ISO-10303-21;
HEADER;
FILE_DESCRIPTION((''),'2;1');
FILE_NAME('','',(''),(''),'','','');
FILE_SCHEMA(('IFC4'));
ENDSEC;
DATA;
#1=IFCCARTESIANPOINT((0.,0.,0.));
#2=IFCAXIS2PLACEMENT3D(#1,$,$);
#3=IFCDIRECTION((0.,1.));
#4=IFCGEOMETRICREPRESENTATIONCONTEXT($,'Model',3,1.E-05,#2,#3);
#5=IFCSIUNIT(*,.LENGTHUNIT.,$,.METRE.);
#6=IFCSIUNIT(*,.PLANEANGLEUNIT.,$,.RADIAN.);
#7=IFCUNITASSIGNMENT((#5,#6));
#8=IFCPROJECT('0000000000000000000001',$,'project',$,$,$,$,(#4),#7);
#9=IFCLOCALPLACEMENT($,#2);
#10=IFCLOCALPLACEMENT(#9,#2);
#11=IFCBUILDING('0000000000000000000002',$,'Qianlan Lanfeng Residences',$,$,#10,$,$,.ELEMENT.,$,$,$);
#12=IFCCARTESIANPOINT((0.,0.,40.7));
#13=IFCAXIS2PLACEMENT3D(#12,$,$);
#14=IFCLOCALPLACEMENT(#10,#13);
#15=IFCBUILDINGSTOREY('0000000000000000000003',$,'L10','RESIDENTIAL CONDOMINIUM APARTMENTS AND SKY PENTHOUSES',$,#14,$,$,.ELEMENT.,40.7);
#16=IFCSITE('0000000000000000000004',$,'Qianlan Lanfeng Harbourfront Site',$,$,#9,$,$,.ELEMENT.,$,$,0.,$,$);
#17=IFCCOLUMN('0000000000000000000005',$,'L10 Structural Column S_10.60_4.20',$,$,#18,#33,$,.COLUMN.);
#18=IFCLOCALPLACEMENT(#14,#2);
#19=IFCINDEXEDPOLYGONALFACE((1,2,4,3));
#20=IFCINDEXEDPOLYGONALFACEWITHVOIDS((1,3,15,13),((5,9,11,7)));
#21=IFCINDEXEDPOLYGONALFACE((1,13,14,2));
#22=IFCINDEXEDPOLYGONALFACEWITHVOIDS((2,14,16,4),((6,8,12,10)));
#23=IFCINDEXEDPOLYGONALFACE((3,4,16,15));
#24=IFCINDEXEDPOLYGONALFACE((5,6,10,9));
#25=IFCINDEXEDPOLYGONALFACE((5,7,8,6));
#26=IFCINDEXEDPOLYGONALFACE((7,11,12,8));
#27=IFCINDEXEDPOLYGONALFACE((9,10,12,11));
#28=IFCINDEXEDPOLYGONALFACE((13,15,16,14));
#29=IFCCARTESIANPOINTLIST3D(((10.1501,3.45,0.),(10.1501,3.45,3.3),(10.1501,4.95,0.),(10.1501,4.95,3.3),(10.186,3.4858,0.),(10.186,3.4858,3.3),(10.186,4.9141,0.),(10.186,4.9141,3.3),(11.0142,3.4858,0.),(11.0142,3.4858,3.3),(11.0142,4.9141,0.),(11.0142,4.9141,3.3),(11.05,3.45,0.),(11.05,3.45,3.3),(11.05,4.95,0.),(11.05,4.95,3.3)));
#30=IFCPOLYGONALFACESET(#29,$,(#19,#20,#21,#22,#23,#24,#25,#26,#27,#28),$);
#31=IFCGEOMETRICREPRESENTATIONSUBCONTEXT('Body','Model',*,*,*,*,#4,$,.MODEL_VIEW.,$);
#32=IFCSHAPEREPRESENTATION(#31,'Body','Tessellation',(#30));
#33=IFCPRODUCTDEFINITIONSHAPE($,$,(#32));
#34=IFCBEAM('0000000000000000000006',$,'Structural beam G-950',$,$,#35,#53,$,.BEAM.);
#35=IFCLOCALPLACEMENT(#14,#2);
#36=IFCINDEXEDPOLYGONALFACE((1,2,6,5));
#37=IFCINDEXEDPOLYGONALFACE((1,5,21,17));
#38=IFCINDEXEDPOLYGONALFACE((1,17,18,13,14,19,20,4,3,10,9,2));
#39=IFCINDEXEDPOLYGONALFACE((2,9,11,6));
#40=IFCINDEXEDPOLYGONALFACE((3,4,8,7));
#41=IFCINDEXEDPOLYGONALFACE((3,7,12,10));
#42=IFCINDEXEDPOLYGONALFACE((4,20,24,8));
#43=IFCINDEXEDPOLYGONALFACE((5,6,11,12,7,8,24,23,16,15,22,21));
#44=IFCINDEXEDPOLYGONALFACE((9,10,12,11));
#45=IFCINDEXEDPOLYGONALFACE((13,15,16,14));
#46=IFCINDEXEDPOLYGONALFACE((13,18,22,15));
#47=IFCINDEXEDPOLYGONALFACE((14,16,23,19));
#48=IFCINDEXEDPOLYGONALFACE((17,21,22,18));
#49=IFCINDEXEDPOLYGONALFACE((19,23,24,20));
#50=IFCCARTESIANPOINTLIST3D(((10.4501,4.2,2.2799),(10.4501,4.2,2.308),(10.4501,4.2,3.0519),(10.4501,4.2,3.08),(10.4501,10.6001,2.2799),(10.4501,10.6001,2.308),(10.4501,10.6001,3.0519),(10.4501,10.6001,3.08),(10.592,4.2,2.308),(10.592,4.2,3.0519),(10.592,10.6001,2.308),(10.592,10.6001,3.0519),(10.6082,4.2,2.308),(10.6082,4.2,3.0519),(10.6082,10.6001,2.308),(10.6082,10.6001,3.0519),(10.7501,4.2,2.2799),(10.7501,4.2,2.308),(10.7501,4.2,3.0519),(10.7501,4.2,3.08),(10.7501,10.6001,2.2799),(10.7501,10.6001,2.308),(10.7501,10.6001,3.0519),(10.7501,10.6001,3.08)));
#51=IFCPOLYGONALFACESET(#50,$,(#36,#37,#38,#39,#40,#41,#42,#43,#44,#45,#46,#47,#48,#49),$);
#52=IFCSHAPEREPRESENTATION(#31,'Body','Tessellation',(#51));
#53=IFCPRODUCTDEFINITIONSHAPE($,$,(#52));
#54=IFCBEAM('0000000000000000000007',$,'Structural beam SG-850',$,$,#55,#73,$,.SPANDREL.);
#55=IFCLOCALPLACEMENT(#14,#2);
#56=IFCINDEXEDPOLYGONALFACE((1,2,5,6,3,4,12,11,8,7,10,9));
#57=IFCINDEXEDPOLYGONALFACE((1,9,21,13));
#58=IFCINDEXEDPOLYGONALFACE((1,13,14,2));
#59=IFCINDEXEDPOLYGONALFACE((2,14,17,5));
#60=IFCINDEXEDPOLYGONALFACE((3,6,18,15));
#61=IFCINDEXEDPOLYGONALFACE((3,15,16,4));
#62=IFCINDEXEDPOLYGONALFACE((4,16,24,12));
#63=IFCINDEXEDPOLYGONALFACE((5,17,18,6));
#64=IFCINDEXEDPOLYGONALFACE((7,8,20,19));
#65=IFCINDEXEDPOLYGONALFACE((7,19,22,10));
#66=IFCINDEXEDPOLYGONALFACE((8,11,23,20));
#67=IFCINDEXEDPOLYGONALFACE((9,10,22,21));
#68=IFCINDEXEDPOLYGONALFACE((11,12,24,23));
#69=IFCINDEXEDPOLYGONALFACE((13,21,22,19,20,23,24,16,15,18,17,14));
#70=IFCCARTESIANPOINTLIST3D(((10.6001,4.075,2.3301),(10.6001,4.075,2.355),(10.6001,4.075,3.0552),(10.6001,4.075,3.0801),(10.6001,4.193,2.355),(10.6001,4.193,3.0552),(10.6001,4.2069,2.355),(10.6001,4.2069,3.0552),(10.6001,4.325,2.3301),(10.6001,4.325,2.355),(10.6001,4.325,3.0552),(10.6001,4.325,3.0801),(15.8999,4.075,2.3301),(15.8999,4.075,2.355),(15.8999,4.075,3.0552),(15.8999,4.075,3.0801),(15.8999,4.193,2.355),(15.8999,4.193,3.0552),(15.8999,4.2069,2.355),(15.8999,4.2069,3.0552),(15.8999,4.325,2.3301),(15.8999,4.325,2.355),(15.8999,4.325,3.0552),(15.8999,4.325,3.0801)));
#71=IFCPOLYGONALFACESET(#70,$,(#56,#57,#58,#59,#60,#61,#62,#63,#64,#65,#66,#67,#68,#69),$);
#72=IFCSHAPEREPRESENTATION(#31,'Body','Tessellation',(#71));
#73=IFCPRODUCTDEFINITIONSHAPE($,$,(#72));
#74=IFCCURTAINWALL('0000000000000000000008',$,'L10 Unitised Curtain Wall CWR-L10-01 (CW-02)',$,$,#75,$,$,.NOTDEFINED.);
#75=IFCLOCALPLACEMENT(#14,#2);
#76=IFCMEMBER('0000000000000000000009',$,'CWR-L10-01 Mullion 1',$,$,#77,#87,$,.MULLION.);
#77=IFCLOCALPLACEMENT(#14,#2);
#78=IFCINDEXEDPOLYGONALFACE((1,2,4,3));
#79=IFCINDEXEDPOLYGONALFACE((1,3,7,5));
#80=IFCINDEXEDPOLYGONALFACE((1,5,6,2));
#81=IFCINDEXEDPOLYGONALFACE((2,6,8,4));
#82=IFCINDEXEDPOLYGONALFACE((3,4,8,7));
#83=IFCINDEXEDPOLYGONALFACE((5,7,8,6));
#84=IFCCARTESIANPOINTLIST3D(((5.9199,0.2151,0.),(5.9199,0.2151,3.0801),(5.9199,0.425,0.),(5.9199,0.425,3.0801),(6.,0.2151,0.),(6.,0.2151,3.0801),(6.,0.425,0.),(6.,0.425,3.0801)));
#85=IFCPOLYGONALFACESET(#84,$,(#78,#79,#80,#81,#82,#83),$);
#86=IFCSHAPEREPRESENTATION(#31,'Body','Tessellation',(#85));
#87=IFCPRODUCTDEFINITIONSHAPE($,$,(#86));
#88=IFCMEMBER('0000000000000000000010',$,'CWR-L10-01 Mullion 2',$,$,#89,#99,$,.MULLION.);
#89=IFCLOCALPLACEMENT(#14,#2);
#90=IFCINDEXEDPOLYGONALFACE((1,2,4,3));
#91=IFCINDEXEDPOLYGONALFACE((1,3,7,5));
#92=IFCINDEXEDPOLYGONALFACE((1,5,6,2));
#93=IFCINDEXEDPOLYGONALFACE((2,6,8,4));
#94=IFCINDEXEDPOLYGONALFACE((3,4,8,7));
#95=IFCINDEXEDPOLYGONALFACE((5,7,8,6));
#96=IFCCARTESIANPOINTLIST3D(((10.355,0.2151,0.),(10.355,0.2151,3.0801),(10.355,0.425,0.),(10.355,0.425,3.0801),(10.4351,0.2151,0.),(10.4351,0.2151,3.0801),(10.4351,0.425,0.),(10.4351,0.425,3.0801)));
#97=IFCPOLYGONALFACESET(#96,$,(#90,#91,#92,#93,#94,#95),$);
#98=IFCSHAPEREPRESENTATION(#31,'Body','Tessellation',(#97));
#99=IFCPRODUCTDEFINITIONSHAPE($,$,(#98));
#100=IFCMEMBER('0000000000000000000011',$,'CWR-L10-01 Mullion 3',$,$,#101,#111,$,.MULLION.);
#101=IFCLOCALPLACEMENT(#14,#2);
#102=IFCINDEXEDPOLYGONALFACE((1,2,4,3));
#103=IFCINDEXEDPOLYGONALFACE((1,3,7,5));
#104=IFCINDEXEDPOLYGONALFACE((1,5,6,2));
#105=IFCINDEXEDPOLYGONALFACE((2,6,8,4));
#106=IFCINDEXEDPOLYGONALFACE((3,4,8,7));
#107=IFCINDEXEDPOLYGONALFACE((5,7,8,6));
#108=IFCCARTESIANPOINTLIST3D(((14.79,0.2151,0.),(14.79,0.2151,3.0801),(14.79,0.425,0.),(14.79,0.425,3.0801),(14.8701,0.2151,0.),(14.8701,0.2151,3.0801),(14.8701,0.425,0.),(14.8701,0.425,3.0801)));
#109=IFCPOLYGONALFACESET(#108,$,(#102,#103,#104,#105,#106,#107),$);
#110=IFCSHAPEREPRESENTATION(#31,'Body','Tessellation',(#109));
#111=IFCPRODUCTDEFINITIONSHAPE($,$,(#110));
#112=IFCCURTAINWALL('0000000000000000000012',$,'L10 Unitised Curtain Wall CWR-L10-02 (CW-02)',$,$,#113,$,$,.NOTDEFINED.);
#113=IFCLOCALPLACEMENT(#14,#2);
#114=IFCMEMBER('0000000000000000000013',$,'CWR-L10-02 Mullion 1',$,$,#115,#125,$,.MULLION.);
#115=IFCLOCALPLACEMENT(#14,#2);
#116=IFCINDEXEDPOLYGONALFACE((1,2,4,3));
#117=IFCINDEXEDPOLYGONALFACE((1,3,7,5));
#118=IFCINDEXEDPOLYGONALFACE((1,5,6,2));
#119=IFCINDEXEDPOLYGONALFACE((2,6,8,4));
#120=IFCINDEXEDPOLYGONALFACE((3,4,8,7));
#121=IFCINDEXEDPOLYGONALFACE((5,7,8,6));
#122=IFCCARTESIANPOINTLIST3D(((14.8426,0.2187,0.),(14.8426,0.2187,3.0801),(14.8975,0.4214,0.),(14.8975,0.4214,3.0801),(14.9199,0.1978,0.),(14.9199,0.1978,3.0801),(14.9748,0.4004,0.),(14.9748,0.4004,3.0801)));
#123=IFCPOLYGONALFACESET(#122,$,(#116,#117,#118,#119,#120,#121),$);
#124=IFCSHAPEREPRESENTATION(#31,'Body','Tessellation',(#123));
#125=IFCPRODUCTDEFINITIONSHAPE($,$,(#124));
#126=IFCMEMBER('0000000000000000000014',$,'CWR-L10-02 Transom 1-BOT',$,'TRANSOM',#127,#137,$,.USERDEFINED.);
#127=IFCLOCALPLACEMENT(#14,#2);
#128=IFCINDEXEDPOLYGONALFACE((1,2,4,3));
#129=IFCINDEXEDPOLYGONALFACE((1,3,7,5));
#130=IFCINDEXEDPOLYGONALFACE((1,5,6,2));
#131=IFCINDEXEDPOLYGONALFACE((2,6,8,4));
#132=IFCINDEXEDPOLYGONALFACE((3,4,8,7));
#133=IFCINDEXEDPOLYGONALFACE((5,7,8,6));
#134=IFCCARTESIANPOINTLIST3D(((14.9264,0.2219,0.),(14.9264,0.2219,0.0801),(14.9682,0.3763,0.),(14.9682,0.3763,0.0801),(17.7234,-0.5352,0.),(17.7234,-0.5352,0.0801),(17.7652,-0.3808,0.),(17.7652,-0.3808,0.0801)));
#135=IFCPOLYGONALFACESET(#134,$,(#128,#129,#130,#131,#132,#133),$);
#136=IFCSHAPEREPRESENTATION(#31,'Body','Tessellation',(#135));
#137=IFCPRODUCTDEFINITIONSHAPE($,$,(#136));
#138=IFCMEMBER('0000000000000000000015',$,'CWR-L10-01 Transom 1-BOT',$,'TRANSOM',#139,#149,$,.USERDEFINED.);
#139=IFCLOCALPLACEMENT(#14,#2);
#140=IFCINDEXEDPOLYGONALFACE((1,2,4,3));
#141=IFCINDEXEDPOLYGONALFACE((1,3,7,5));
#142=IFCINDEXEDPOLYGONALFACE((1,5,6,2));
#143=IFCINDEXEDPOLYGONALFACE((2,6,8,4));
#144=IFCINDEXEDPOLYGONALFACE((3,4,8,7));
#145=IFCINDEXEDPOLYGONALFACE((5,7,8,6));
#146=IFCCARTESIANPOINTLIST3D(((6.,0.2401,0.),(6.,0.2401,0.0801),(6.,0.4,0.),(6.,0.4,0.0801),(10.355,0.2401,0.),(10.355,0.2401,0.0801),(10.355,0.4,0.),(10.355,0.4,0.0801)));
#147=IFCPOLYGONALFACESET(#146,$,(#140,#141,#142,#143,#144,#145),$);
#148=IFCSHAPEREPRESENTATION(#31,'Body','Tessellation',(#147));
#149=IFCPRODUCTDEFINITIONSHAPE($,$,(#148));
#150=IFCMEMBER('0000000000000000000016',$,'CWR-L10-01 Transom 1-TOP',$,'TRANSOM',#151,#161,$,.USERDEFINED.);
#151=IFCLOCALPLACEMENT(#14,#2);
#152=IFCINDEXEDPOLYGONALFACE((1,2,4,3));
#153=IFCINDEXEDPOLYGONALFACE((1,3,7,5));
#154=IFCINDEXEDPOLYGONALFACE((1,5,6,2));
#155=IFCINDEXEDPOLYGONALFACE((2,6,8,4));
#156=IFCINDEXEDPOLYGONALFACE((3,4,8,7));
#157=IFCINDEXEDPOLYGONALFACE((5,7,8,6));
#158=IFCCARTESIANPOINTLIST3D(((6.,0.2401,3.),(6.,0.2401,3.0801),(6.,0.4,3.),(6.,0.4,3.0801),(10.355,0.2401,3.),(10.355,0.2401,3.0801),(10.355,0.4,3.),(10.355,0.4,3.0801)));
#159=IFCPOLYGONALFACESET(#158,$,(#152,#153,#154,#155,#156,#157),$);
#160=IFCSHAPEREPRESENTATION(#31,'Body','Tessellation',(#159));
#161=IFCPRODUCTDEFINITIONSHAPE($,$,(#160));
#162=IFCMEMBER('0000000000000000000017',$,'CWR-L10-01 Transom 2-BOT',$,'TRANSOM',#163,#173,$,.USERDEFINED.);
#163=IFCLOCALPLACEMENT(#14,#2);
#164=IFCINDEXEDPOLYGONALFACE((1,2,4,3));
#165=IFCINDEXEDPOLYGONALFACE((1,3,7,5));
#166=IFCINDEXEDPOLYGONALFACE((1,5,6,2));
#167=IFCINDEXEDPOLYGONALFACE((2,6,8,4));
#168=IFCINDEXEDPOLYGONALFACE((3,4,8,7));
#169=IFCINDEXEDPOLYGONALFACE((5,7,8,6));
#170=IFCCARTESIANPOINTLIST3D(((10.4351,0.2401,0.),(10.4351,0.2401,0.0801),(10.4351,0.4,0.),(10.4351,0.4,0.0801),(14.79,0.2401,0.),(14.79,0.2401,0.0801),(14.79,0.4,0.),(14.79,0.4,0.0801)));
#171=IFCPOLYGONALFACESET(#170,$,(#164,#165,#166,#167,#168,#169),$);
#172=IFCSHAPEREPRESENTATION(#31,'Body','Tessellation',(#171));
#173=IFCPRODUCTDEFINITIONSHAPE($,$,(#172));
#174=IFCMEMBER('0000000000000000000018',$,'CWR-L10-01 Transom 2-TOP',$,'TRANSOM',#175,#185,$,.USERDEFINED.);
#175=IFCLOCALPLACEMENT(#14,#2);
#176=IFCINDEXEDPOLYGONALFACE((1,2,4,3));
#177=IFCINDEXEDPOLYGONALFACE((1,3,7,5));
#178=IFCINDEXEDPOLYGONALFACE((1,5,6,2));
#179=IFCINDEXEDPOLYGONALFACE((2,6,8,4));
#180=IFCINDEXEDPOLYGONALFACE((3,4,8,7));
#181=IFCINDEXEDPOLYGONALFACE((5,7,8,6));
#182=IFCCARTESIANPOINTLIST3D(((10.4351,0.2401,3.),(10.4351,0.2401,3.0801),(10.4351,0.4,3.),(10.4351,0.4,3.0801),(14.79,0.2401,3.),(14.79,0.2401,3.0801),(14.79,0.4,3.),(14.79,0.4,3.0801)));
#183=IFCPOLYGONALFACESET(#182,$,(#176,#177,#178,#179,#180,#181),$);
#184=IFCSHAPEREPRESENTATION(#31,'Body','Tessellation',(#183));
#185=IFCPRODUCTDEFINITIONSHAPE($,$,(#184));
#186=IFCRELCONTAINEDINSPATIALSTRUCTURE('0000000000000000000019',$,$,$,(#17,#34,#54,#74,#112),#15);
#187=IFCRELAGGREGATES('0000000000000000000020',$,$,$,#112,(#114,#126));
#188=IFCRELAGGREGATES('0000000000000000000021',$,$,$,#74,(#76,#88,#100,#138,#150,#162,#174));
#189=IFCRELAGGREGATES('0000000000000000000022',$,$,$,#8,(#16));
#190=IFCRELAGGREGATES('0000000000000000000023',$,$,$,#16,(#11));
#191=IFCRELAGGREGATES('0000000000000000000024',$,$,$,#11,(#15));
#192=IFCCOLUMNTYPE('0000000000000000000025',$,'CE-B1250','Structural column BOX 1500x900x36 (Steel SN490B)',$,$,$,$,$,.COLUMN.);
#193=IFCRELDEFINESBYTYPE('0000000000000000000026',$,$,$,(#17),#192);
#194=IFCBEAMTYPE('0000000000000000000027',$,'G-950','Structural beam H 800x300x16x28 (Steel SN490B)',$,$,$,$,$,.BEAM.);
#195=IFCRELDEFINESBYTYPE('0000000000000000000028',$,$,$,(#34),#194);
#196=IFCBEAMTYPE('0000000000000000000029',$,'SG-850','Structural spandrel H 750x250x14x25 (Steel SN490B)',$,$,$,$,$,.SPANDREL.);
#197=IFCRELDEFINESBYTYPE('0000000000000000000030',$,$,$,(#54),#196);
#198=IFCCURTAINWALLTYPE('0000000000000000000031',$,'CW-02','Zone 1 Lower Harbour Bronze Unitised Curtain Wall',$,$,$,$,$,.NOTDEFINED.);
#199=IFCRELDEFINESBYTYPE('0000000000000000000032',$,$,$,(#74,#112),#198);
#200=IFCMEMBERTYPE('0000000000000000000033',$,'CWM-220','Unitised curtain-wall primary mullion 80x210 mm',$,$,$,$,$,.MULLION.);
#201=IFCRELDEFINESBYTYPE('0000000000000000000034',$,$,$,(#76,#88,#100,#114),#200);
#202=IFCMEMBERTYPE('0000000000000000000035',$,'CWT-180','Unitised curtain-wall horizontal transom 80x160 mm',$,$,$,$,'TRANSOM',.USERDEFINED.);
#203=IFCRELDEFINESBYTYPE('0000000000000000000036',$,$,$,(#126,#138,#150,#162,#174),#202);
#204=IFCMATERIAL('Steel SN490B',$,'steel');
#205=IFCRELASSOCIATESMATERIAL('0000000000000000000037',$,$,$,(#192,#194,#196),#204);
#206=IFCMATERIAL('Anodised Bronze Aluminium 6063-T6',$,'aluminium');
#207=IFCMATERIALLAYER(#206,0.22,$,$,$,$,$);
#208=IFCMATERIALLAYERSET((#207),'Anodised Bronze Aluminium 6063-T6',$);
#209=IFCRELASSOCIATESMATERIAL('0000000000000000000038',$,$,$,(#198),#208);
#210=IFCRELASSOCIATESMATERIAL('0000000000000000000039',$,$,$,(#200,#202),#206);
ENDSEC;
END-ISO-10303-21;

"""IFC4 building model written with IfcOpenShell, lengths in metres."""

from ifc_helpers import new_model, si_unit, direction, frame, origin, origin_2d, place, context, subcontext, project, spatial, rectangle, hollow_rectangle, i_section, extrude, source, transform, mapped, material, layer, layer_set, material_profile, profile_set, type_object, element, aggregate, save


model = new_model("IFC4")

# Units and contexts
model_context = context("Model", 3, precision=1e-05, world=origin(), true_north=direction((0.0, 1.0)))
body_context = subcontext(model_context, "Body", "Model", "MODEL_VIEW")
ifc_project = project(units=[si_unit("LENGTHUNIT", "METRE"), si_unit("PLANEANGLEUNIT", "RADIAN")], contexts=[model_context])

# Site, building, storey
site_placement = place(None, origin())
site = spatial("IfcSite", under=ifc_project, at=site_placement, Name="Qianlan Lanfeng Harbourfront Site", CompositionType="ELEMENT", RefElevation=0.0)
building_placement = place(site_placement, origin())
building = spatial("IfcBuilding", under=site, at=building_placement, Name="Qianlan Lanfeng Residences", CompositionType="ELEMENT")
storey_placement = place(building_placement, frame((0.0, 0.0, 40.7)))
storey = spatial("IfcBuildingStorey", under=building, at=storey_placement, Name="L10", Description="RESIDENTIAL CONDOMINIUM APARTMENTS AND SKY PENTHOUSES", CompositionType="ELEMENT", Elevation=40.7)

# Column
ifc_material_1 = material(Name="Steel SN490B", Category="steel")
ifc_material_profile_1 = material_profile(ifc_material_1, hollow_rectangle(XDim=0.8999, YDim=1.5, WallThickness=0.0359, at=origin_2d()), Name="BOX 1500x900x36")
ifc_profile_set_1 = profile_set([ifc_material_profile_1], Name="Steel SN490B")
column_type = type_object("IfcColumnType", Name="CE-B1250", Description="Structural column BOX 1500x900x36 (Steel SN490B)", PredefinedType="COLUMN", material=ifc_profile_set_1)
column_placement = place(storey_placement, frame((10.6001, 4.2, 0.0), z_axis=(0.0, 0.0, 1.0), x_axis=(1.0, 0.0, 0.0)))
element("IfcColumn", 1, at=column_placement, inside=storey, type_object=column_type, Name="L10 Structural Column S_10.60_4.20", PredefinedType="COLUMN", context=body_context, shape_type="SweptSolid", body=[
    extrude(hollow_rectangle(XDim=0.8999, YDim=1.5, WallThickness=0.0359, at=origin_2d()), origin(), (0.0, 0.0, 1.0), 3.3),
])

# Beams
ifc_material_profile_2 = material_profile(ifc_material_1, i_section(OverallWidth=0.3, OverallDepth=0.8, WebThickness=0.0161, FlangeThickness=0.0281, at=origin_2d()), Name="H 800x300x16x28")
ifc_profile_set_2 = profile_set([ifc_material_profile_2], Name="Steel SN490B")
beam_type_1 = type_object("IfcBeamType", Name="G-950", Description="Structural beam H 800x300x16x28 (Steel SN490B)", PredefinedType="BEAM", material=ifc_profile_set_2)
beam_1_placement = place(storey_placement, frame((10.6001, 4.2, 2.6799), z_axis=(0.0, 1.0, 0.0), x_axis=(-1.0, 0.0, 0.0)))
element("IfcBeam", 2, at=beam_1_placement, inside=storey, type_object=beam_type_1, Name="Structural beam G-950", PredefinedType="BEAM", context=body_context, shape_type="SweptSolid", body=[
    extrude(i_section(OverallWidth=0.3, OverallDepth=0.8, WebThickness=0.0161, FlangeThickness=0.0281, at=origin_2d()), origin(), (0.0, 0.0, 1.0), 6.4001),
])
ifc_material_profile_3 = material_profile(ifc_material_1, i_section(OverallWidth=0.25, OverallDepth=0.75, WebThickness=0.0139, FlangeThickness=0.0249, at=origin_2d()), Name="H 750x250x14x25")
ifc_profile_set_3 = profile_set([ifc_material_profile_3], Name="Steel SN490B")
beam_type_2 = type_object("IfcBeamType", Name="SG-850", Description="Structural spandrel H 750x250x14x25 (Steel SN490B)", PredefinedType="SPANDREL", material=ifc_profile_set_3)
beam_2_placement = place(storey_placement, frame((10.6001, 4.2, 2.7051), z_axis=(1.0, 0.0, 0.0), x_axis=(0.0, 1.0, 0.0)))
element("IfcBeam", 3, at=beam_2_placement, inside=storey, type_object=beam_type_2, Name="Structural beam SG-850", PredefinedType="SPANDREL", context=body_context, shape_type="SweptSolid", body=[
    extrude(i_section(OverallWidth=0.25, OverallDepth=0.75, WebThickness=0.0139, FlangeThickness=0.0249, at=origin_2d()), origin(), (0.0, 0.0, 1.0), 5.2998),
])

# Curtain walls, members
ifc_material_2 = material(Name="Anodised Bronze Aluminium 6063-T6", Category="aluminium")
ifc_layer_1 = layer(ifc_material_2, 0.22)
ifc_layer_set_1 = layer_set([ifc_layer_1], Name="Anodised Bronze Aluminium 6063-T6")
curtain_wall_type = type_object("IfcCurtainWallType", Name="CW-02", Description="Zone 1 Lower Harbour Bronze Unitised Curtain Wall", PredefinedType="NOTDEFINED", material=ifc_layer_set_1)
curtain_wall_1_placement = place(storey_placement, origin())
curtain_wall_1 = element("IfcCurtainWall", 4, at=curtain_wall_1_placement, inside=storey, type_object=curtain_wall_type, Name="L10 Unitised Curtain Wall CWR-L10-01 (CW-02)", PredefinedType="NOTDEFINED")
ifc_material_profile_4 = material_profile(ifc_material_2, rectangle(XDim=0.0801, YDim=0.21, at=origin_2d()), Name="ALU MULLION 80x210")
ifc_profile_set_4 = profile_set([ifc_material_profile_4], Name="Anodised Bronze Aluminium 6063-T6")
member_type_1 = type_object("IfcMemberType", Name="CWM-220", Description="Unitised curtain-wall primary mullion 80x210 mm", PredefinedType="MULLION", material=ifc_profile_set_4)
shared_shape_1 = source(origin(), body_context, "Body", "SweptSolid", [
    extrude(rectangle(XDim=0.0801, YDim=0.21, at=origin_2d()), origin(), (0.0, 0.0, 1.0), 3.0801),
])
member_1_placement = place(storey_placement, frame((5.96, 0.3201, 0.0), z_axis=(0.0, 0.0, 1.0), x_axis=(1.0, 0.0, 0.0)))
member_1 = element("IfcMember", 5, at=member_1_placement, type_object=member_type_1, Name="CWR-L10-01 Mullion 1", PredefinedType="MULLION", context=body_context, shape_type="MappedRepresentation", body=[
    mapped(shared_shape_1, transform((0.0, 0.0, 0.0), scale=1.0)),
])
member_2_placement = place(storey_placement, frame((10.395, 0.3201, 0.0), z_axis=(0.0, 0.0, 1.0), x_axis=(1.0, 0.0, 0.0)))
member_2 = element("IfcMember", 6, at=member_2_placement, type_object=member_type_1, Name="CWR-L10-01 Mullion 2", PredefinedType="MULLION", context=body_context, shape_type="MappedRepresentation", body=[
    mapped(shared_shape_1, transform((0.0, 0.0, 0.0), scale=1.0)),
])
member_3_placement = place(storey_placement, frame((14.8301, 0.3201, 0.0), z_axis=(0.0, 0.0, 1.0), x_axis=(1.0, 0.0, 0.0)))
member_3 = element("IfcMember", 7, at=member_3_placement, type_object=member_type_1, Name="CWR-L10-01 Mullion 3", PredefinedType="MULLION", context=body_context, shape_type="MappedRepresentation", body=[
    mapped(shared_shape_1, transform((0.0, 0.0, 0.0), scale=1.0)),
])
curtain_wall_2_placement = place(storey_placement, origin())
curtain_wall_2 = element("IfcCurtainWall", 8, at=curtain_wall_2_placement, inside=storey, type_object=curtain_wall_type, Name="L10 Unitised Curtain Wall CWR-L10-02 (CW-02)", PredefinedType="NOTDEFINED")
member_4_placement = place(storey_placement, frame((14.9087, 0.3096, 0.0), z_axis=(0.0, 0.0, 1.0), x_axis=(0.965263, -0.261281, 0.0)))
member_4 = element("IfcMember", 9, at=member_4_placement, type_object=member_type_1, Name="CWR-L10-02 Mullion 1", PredefinedType="MULLION", context=body_context, shape_type="MappedRepresentation", body=[
    mapped(shared_shape_1, transform((0.0, 0.0, 0.0), scale=1.0)),
])
ifc_material_profile_5 = material_profile(ifc_material_2, rectangle(XDim=0.0801, YDim=0.1599, at=origin_2d()), Name="ALU TRANSOM 80x160")
ifc_profile_set_5 = profile_set([ifc_material_profile_5], Name="Anodised Bronze Aluminium 6063-T6")
member_type_2 = type_object("IfcMemberType", Name="CWT-180", Description="Unitised curtain-wall horizontal transom 80x160 mm", ElementType="TRANSOM", PredefinedType="USERDEFINED", material=ifc_profile_set_5)
shared_shape_2 = source(origin(), body_context, "Body", "SweptSolid", [
    extrude(rectangle(XDim=0.0801, YDim=0.1599, at=origin_2d()), origin(), (0.0, 0.0, 1.0), 2.8977),
])
member_5_placement = place(storey_placement, frame((14.9473, 0.2991, 0.04), z_axis=(0.965268, -0.261263, 0.0), x_axis=(0.0, 0.0, 1.0)))
member_5 = element("IfcMember", 10, at=member_5_placement, type_object=member_type_2, Name="CWR-L10-02 Transom 1-BOT", ObjectType="TRANSOM", PredefinedType="USERDEFINED", context=body_context, shape_type="MappedRepresentation", body=[
    mapped(shared_shape_2, transform((0.0, 0.0, 0.0), scale=1.0)),
])
aggregate(curtain_wall_2, [member_4, member_5])

# Members
shared_shape_3 = source(origin(), body_context, "Body", "SweptSolid", [
    extrude(rectangle(XDim=0.0801, YDim=0.1599, at=origin_2d()), origin(), (0.0, 0.0, 1.0), 4.355),
])
member_6_placement = place(storey_placement, frame((6.0, 0.3201, 0.04), z_axis=(1.0, 0.0, 0.0), x_axis=(0.0, 0.0, 1.0)))
member_6 = element("IfcMember", 11, at=member_6_placement, type_object=member_type_2, Name="CWR-L10-01 Transom 1-BOT", ObjectType="TRANSOM", PredefinedType="USERDEFINED", context=body_context, shape_type="MappedRepresentation", body=[
    mapped(shared_shape_3, transform((0.0, 0.0, 0.0), scale=1.0)),
])
member_7_placement = place(storey_placement, frame((6.0, 0.3201, 3.04), z_axis=(1.0, 0.0, 0.0), x_axis=(0.0, 0.0, 1.0)))
member_7 = element("IfcMember", 12, at=member_7_placement, type_object=member_type_2, Name="CWR-L10-01 Transom 1-TOP", ObjectType="TRANSOM", PredefinedType="USERDEFINED", context=body_context, shape_type="MappedRepresentation", body=[
    mapped(shared_shape_3, transform((0.0, 0.0, 0.0), scale=1.0)),
])
member_8_placement = place(storey_placement, frame((10.4351, 0.3201, 0.04), z_axis=(1.0, 0.0, 0.0), x_axis=(0.0, 0.0, 1.0)))
member_8 = element("IfcMember", 13, at=member_8_placement, type_object=member_type_2, Name="CWR-L10-01 Transom 2-BOT", ObjectType="TRANSOM", PredefinedType="USERDEFINED", context=body_context, shape_type="MappedRepresentation", body=[
    mapped(shared_shape_3, transform((0.0, 0.0, 0.0), scale=1.0)),
])
member_9_placement = place(storey_placement, frame((10.4351, 0.3201, 3.04), z_axis=(1.0, 0.0, 0.0), x_axis=(0.0, 0.0, 1.0)))
member_9 = element("IfcMember", 14, at=member_9_placement, type_object=member_type_2, Name="CWR-L10-01 Transom 2-TOP", ObjectType="TRANSOM", PredefinedType="USERDEFINED", context=body_context, shape_type="MappedRepresentation", body=[
    mapped(shared_shape_3, transform((0.0, 0.0, 0.0), scale=1.0)),
])

aggregate(curtain_wall_1, [member_1, member_2, member_3, member_6, member_7, member_8, member_9])

save(model, "model.ifc")
